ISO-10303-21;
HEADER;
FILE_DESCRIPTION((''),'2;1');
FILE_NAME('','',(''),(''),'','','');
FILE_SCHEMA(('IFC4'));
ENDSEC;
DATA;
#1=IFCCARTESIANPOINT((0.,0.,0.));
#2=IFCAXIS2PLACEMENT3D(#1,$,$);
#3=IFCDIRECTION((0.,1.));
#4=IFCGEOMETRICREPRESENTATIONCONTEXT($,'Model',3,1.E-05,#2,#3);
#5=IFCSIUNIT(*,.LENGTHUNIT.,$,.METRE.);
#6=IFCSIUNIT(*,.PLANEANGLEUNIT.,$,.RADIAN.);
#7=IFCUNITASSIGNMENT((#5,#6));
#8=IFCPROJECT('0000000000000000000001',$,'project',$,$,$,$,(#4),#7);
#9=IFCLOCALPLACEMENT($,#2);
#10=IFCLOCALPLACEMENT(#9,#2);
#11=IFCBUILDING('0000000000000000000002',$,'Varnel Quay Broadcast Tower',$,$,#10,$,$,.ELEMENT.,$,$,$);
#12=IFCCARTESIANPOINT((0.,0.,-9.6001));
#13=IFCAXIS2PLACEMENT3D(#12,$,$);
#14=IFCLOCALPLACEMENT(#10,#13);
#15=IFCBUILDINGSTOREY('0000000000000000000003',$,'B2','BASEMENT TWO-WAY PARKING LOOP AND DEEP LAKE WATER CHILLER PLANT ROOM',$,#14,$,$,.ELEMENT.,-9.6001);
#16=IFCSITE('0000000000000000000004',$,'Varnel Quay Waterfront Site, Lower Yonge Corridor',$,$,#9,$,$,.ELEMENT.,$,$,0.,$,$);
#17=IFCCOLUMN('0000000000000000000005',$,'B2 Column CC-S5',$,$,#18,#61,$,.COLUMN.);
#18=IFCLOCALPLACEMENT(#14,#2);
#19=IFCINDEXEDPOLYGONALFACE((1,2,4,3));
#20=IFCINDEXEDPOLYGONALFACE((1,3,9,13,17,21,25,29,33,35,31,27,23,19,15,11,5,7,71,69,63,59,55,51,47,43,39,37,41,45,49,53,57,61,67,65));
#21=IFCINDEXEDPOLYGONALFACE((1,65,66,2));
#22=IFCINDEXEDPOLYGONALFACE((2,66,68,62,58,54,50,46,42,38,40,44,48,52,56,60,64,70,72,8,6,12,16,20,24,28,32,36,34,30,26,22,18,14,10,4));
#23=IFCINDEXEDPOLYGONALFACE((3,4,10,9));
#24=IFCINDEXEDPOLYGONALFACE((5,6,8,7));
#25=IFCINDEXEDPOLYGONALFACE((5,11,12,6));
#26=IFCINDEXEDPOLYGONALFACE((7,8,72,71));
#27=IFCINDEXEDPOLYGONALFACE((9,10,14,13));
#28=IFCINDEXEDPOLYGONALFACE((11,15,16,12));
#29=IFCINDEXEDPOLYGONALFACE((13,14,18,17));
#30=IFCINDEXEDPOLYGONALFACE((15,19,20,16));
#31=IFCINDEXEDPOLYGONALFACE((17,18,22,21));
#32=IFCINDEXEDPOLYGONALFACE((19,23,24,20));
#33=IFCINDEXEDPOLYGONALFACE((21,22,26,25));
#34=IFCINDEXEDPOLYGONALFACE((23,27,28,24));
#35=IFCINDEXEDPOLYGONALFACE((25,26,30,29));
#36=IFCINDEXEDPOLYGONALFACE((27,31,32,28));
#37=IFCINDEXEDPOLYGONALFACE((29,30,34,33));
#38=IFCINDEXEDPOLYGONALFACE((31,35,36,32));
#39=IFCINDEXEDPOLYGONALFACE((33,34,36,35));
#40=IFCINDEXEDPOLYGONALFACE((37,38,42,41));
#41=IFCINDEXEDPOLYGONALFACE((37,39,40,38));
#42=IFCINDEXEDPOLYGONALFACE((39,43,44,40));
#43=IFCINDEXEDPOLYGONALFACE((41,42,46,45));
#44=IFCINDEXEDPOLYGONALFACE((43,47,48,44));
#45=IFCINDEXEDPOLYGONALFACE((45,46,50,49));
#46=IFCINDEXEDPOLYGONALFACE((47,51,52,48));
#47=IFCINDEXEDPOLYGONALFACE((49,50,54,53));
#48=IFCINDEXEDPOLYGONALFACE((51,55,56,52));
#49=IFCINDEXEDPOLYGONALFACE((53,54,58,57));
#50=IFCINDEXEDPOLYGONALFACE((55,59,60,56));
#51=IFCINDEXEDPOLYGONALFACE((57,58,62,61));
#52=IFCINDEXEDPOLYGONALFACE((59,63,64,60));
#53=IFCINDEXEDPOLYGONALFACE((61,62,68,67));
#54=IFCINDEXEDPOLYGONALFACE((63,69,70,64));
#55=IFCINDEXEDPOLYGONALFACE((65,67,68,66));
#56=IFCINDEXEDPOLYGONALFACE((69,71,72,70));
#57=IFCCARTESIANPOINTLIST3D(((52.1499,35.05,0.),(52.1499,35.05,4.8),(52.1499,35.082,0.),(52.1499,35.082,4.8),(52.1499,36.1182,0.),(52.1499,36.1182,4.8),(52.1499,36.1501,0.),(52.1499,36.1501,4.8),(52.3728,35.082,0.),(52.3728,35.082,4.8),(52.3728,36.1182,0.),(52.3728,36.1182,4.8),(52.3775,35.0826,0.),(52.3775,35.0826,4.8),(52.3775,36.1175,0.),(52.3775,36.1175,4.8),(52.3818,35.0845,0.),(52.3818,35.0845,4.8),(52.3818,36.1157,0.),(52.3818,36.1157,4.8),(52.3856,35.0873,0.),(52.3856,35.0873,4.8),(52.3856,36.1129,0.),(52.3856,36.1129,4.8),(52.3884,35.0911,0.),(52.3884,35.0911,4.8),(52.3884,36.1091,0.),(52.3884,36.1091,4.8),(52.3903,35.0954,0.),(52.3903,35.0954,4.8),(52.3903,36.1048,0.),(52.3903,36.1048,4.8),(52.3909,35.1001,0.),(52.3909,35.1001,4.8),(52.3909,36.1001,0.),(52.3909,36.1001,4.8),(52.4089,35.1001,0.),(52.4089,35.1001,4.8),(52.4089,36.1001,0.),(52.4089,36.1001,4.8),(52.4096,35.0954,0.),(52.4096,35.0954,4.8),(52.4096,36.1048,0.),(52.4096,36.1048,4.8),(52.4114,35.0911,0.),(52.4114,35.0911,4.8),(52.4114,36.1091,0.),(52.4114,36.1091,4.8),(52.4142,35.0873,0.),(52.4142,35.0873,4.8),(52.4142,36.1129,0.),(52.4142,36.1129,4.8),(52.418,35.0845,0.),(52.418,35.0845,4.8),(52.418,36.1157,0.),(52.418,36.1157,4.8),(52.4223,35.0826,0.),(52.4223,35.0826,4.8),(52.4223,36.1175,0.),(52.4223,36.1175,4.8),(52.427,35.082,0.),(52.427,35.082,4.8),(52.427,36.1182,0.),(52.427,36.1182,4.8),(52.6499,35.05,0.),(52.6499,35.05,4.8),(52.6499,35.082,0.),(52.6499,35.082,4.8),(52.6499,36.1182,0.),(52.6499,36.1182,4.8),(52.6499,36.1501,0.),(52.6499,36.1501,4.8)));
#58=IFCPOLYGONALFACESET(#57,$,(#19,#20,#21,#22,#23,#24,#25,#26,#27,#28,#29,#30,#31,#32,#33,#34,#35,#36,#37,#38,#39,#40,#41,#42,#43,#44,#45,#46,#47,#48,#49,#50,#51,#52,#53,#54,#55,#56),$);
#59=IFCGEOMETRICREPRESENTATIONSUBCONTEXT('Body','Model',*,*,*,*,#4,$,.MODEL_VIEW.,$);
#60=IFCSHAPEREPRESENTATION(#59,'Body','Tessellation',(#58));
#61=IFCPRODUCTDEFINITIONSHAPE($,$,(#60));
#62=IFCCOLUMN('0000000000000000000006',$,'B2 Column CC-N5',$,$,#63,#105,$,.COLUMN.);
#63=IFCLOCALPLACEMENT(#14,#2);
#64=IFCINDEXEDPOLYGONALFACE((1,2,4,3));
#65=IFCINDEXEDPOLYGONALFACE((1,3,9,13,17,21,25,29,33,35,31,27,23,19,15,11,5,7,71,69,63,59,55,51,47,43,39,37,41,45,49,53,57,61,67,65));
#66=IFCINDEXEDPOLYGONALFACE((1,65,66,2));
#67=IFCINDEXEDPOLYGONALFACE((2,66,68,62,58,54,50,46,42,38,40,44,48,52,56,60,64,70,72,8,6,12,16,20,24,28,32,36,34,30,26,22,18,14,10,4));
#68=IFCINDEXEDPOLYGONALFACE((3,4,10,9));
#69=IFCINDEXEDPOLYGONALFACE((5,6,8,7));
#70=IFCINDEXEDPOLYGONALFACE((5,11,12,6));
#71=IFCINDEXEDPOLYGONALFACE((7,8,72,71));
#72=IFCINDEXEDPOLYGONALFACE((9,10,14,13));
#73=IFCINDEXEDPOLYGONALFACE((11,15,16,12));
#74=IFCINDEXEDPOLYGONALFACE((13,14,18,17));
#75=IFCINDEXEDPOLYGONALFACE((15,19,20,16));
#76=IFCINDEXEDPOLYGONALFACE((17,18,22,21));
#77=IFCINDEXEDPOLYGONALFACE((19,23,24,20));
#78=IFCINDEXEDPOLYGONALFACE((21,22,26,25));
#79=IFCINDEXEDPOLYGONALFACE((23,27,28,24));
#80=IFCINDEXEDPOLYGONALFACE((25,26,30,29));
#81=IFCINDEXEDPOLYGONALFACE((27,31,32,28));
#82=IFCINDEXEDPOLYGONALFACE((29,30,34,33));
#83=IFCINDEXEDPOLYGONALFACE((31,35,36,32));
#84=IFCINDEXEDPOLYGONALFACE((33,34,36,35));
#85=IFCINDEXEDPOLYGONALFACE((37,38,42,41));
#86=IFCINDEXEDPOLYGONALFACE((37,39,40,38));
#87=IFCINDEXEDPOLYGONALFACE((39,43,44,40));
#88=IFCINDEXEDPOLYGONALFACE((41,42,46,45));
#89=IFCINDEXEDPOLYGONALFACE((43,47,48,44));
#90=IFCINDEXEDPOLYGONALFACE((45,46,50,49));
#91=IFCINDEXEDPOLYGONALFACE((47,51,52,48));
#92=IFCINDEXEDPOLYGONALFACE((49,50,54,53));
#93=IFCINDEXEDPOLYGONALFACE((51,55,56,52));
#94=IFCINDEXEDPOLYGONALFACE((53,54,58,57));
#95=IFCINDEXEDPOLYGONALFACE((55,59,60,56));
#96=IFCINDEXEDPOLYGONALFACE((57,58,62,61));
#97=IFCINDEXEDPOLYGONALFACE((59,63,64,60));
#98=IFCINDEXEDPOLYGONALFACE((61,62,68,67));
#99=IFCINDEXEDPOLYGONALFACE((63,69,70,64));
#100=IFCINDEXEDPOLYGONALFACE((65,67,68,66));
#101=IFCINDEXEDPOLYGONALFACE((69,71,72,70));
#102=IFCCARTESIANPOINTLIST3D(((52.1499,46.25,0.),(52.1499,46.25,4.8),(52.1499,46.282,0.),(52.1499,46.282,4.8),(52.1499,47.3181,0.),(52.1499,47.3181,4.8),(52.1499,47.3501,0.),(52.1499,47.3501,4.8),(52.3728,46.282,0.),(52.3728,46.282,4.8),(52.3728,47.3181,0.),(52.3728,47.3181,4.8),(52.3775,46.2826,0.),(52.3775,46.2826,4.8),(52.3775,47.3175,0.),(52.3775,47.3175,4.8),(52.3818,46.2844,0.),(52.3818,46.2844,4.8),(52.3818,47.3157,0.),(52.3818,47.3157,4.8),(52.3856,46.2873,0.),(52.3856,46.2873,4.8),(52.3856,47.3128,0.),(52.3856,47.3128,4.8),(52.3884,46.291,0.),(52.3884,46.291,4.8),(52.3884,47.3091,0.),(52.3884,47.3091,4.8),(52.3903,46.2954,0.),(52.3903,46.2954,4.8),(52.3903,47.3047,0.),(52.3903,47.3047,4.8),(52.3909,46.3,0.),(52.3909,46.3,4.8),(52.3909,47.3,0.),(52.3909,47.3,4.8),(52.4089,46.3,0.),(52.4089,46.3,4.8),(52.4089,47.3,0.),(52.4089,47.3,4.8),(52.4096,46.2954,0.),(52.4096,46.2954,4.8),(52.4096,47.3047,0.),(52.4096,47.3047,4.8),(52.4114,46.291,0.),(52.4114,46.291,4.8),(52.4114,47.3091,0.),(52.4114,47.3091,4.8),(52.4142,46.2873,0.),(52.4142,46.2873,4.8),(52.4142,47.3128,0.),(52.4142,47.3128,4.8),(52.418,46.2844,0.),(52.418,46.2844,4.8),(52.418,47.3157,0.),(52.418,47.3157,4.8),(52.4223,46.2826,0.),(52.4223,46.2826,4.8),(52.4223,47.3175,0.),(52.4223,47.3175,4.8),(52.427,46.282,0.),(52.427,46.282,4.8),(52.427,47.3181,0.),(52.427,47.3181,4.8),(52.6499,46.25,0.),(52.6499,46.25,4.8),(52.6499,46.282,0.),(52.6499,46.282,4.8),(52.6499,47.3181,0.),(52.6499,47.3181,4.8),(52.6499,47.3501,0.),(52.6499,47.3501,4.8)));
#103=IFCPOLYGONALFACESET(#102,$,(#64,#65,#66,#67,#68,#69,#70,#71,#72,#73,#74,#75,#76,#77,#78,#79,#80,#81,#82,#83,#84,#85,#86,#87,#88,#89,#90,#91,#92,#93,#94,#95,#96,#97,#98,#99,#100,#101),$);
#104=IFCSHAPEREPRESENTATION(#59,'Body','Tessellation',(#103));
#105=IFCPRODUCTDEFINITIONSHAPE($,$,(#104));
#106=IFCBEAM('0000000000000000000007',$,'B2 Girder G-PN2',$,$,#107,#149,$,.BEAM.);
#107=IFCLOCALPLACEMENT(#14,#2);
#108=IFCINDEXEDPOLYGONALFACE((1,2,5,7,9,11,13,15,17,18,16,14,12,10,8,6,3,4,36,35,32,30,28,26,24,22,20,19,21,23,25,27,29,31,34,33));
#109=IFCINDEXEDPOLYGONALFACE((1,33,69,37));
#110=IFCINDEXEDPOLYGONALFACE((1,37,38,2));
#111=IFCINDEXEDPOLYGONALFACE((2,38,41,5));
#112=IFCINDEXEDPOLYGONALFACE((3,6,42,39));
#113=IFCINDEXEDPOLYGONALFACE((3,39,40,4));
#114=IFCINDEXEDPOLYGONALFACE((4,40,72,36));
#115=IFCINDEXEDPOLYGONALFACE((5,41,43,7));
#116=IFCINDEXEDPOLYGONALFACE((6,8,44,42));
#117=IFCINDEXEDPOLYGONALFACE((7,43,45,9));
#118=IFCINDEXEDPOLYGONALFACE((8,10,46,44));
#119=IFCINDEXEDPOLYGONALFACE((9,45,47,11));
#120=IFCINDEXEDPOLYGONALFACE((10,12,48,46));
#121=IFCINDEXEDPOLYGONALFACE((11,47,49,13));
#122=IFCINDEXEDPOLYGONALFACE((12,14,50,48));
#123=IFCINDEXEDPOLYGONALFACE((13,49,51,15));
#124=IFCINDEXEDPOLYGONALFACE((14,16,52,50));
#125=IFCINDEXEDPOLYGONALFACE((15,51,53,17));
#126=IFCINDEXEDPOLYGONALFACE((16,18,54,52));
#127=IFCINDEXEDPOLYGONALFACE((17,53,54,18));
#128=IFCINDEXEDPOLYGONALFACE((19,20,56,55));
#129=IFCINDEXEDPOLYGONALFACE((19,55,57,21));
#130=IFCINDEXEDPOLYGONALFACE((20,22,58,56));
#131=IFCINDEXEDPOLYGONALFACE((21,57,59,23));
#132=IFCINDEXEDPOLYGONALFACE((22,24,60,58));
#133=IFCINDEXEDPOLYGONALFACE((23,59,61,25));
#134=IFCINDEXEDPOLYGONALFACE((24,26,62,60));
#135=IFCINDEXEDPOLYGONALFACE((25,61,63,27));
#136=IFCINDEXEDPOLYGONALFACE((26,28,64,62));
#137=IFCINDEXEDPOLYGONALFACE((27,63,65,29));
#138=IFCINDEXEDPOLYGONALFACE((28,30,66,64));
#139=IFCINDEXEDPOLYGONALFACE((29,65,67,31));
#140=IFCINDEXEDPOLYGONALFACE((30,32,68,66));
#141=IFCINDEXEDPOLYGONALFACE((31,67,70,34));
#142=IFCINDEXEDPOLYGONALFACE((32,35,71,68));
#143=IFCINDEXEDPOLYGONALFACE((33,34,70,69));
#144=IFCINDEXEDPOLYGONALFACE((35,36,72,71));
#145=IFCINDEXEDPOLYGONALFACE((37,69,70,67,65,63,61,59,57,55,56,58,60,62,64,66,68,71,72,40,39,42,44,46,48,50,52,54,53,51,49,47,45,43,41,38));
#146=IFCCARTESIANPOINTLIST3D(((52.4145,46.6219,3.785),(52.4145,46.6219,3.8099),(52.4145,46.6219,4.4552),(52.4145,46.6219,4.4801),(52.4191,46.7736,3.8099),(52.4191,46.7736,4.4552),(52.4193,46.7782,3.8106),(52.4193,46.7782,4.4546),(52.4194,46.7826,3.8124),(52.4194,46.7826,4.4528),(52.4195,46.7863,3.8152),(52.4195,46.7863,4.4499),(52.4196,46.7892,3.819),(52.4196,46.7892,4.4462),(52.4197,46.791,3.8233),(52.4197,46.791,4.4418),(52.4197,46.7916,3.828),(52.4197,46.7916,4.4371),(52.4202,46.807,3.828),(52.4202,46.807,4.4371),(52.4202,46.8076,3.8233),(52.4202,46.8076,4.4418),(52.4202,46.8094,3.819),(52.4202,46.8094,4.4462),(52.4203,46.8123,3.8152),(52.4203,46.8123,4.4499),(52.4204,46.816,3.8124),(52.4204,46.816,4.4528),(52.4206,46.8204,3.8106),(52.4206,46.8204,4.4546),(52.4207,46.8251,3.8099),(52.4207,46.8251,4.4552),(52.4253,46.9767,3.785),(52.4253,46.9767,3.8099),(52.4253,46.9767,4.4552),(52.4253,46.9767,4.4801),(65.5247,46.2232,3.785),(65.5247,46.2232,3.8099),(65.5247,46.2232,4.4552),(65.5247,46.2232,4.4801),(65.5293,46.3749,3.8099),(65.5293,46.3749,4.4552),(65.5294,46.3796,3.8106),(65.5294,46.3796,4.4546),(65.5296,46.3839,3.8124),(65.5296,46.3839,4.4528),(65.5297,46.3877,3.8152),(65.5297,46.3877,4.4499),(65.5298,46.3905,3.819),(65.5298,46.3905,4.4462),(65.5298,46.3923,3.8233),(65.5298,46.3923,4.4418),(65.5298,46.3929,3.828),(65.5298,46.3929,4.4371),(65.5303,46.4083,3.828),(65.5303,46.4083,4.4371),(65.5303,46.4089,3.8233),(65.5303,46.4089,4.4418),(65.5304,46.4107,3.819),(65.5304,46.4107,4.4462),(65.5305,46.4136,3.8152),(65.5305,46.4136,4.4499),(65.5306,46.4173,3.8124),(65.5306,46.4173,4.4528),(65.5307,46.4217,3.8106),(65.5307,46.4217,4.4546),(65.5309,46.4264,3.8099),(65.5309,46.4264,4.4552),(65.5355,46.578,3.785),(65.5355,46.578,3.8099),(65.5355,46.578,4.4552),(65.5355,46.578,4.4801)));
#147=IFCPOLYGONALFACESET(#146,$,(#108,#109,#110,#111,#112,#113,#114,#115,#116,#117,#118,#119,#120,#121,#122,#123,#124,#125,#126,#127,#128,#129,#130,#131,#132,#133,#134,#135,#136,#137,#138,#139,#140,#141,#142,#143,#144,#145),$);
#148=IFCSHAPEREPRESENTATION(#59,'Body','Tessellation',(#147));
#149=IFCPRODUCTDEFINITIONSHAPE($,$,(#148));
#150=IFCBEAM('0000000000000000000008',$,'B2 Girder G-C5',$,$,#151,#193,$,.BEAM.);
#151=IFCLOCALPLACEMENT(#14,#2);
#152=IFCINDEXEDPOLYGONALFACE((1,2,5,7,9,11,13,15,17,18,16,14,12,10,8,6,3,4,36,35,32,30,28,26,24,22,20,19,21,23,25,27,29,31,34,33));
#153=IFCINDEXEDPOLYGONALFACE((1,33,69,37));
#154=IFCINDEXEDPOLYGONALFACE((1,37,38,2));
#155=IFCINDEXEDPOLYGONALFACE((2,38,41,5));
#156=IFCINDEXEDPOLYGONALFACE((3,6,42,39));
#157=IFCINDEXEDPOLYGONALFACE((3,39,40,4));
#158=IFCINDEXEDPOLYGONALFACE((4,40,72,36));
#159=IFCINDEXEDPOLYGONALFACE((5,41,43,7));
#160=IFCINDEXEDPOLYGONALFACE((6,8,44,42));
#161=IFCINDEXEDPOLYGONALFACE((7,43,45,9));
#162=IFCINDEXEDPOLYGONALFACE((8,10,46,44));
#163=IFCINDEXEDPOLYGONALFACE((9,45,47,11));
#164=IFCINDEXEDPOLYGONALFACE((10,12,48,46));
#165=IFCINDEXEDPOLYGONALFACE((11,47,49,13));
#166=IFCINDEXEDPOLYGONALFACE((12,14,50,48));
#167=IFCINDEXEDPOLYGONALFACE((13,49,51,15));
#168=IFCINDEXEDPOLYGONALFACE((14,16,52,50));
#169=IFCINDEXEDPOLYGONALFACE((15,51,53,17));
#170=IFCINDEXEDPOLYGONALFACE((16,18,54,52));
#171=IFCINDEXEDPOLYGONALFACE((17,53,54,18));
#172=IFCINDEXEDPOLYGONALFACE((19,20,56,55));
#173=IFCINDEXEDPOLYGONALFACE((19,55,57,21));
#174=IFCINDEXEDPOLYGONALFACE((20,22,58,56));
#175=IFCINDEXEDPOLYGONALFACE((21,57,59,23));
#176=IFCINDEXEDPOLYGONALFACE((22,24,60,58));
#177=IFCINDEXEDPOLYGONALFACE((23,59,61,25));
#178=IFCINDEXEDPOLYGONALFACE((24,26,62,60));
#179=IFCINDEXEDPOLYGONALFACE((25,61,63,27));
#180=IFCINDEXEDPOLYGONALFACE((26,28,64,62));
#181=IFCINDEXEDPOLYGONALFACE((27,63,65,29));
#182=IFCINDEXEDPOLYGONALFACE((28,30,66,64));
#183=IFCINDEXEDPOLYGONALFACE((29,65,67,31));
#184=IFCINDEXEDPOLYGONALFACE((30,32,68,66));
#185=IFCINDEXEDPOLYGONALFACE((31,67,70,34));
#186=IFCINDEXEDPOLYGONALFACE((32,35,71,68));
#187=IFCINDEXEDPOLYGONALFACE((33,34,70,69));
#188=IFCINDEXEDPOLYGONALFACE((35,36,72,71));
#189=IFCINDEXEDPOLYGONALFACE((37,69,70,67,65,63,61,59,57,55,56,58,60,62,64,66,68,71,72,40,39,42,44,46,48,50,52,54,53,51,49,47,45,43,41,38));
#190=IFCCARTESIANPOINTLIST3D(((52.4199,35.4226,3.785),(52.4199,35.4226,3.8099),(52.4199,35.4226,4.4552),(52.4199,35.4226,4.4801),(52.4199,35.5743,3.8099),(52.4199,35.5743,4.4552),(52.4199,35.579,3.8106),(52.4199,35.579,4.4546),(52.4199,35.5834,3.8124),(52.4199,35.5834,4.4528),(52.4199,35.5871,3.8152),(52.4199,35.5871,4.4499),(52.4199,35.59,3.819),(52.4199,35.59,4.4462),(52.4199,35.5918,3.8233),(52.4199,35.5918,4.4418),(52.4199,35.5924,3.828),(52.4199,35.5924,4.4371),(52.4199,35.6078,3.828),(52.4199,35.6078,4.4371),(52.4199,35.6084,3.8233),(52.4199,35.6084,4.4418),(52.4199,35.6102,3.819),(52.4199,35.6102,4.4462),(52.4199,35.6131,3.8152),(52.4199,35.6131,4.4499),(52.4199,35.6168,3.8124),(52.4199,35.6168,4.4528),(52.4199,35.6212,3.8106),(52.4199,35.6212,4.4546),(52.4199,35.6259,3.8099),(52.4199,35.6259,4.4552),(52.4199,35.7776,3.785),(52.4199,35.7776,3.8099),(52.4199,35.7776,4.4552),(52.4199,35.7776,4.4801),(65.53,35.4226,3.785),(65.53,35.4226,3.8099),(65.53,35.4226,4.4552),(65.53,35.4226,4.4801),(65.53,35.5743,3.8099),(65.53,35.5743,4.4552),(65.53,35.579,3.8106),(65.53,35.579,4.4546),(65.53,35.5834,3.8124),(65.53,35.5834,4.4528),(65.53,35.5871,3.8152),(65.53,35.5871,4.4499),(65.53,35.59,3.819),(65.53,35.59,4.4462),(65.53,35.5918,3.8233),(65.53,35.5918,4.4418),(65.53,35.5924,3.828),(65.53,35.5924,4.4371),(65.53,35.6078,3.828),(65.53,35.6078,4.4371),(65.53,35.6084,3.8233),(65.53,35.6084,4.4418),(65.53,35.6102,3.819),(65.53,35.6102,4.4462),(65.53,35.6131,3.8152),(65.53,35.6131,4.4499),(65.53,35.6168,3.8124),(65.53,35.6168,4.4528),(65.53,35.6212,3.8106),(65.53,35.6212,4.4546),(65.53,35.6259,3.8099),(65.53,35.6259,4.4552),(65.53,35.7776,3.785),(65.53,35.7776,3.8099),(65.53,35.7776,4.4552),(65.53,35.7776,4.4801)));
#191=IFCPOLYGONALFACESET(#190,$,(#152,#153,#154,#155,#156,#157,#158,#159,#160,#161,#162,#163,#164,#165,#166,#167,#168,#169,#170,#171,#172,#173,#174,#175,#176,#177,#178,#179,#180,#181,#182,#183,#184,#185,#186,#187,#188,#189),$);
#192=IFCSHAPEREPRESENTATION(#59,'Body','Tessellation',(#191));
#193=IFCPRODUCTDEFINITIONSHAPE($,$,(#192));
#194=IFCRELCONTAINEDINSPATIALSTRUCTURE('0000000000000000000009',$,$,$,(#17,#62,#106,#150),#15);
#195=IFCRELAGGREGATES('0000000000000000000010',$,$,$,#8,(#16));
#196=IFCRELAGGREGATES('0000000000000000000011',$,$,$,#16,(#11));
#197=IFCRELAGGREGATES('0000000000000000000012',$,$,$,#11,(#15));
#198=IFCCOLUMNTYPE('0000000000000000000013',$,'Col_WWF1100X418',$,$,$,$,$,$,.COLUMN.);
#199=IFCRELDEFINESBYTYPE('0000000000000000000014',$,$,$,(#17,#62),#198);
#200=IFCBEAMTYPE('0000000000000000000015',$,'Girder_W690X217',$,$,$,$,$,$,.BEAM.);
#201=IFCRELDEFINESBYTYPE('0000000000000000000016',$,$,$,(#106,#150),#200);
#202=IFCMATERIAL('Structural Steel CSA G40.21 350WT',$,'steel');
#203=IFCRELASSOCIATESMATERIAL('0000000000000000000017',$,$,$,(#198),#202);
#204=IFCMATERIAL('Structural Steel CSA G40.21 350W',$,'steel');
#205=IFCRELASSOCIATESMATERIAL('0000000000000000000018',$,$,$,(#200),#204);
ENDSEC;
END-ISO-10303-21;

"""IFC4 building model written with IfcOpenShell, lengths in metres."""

from ifc_helpers import new_model, si_unit, direction, frame, origin, origin_2d, place, context, subcontext, project, spatial, i_section, extrude, source, transform, mapped, material, material_profile, profile_set, type_object, type_shapes, element, save


model = new_model("IFC4")

# Units and contexts
model_context = context("Model", 3, precision=1e-05, world=origin(), true_north=direction((0.0, 1.0)))
body_context = subcontext(model_context, "Body", "Model", "MODEL_VIEW")
ifc_project = project(units=[si_unit("LENGTHUNIT", "METRE"), si_unit("PLANEANGLEUNIT", "RADIAN")], contexts=[model_context])

# Site, building, storey
site_placement = place(None, origin())
site = spatial("IfcSite", under=ifc_project, at=site_placement, Name="Varnel Quay Waterfront Site, Lower Yonge Corridor", CompositionType="ELEMENT", RefElevation=0.0)
building_placement = place(site_placement, origin())
building = spatial("IfcBuilding", under=site, at=building_placement, Name="Varnel Quay Broadcast Tower", CompositionType="ELEMENT")
storey_placement = place(building_placement, frame((0.0, 0.0, -9.6001)))
storey = spatial("IfcBuildingStorey", under=building, at=storey_placement, Name="B2", Description="BASEMENT TWO-WAY PARKING LOOP AND DEEP LAKE WATER CHILLER PLANT ROOM", CompositionType="ELEMENT", Elevation=-9.6001)

# Columns
ifc_material_1 = material(Name="Structural Steel CSA G40.21 350WT", Category="steel")
ifc_material_profile_1 = material_profile(ifc_material_1, i_section(OverallWidth=0.5, OverallDepth=1.1001, WebThickness=0.0181, FlangeThickness=0.032, FilletRadius=0.0181, at=origin_2d()), Name="WWF1100X418")
ifc_profile_set_1 = profile_set([ifc_material_profile_1], Name="Structural Steel CSA G40.21 350WT")
column_type = type_object("IfcColumnType", Name="Col_WWF1100X418", PredefinedType="COLUMN", material=ifc_profile_set_1)
shared_shape_1 = source(origin(), body_context, "Body", "SweptSolid", [
    extrude(i_section(OverallWidth=0.5, OverallDepth=1.1001, WebThickness=0.0181, FlangeThickness=0.032, FilletRadius=0.0181, at=origin_2d()), origin(), (0.0, 0.0, 1.0), 4.8),
])
type_shapes(column_type, [shared_shape_1])
for number, where, z_axis, x_axis, name in (
    (1, (52.3999, 35.6001, 0.0), (0.0, 0.0, 1.0), (1.0, 0.0, 0.0), "B2 Column CC-S5"),
    (2, (52.3999, 46.8, 0.0), (0.0, 0.0, 1.0), (1.0, 0.0, 0.0), "B2 Column CC-N5"),
):
    element("IfcColumn", number, at=place(storey_placement, frame(where, z_axis=z_axis, x_axis=x_axis)), inside=storey, type_object=column_type, Name=name, PredefinedType="COLUMN", context=body_context, shape_type="MappedRepresentation", body=[
        mapped(shared_shape_1, transform((0.0, 0.0, 0.0), x_axis=(1.0, 0.0, 0.0), y_axis=(0.0, 1.0, 0.0), z_axis=(0.0, 0.0, 1.0), scale=1.0)),
    ])

# Beams
ifc_material_2 = material(Name="Structural Steel CSA G40.21 350W", Category="steel")
ifc_material_profile_2 = material_profile(ifc_material_2, i_section(OverallWidth=0.355, OverallDepth=0.6951, WebThickness=0.0154, FlangeThickness=0.0249, FilletRadius=0.0181, at=origin_2d()), Name="W690X217")
ifc_profile_set_2 = profile_set([ifc_material_profile_2], Name="Structural Steel CSA G40.21 350W")
beam_type = type_object("IfcBeamType", Name="Girder_W690X217", PredefinedType="BEAM", material=ifc_profile_set_2)
shared_shape_2 = source(origin(), body_context, "Body", "SweptSolid", [
    extrude(i_section(OverallWidth=0.355, OverallDepth=0.6951, WebThickness=0.0154, FlangeThickness=0.0249, FilletRadius=0.0181, at=origin_2d()), origin(), (0.0, 0.0, 1.0), 13.1162),
])
beam_1_placement = place(storey_placement, frame((52.4199, 46.7993, 4.1326), z_axis=(0.999538, -0.030396, 0.0), x_axis=(0.030396, 0.999538, 0.0)))
element("IfcBeam", 3, at=beam_1_placement, inside=storey, type_object=beam_type, Name="B2 Girder G-PN2", PredefinedType="BEAM", context=body_context, shape_type="MappedRepresentation", body=[
    mapped(shared_shape_2, transform((0.0, 0.0, 0.0), x_axis=(1.0, 0.0, 0.0), y_axis=(0.0, 1.0, 0.0), z_axis=(0.0, 0.0, 1.0), scale=1.0)),
])
shared_shape_3 = source(origin(), body_context, "Body", "SweptSolid", [
    extrude(i_section(OverallWidth=0.355, OverallDepth=0.6951, WebThickness=0.0154, FlangeThickness=0.0249, FilletRadius=0.0181, at=origin_2d()), origin(), (0.0, 0.0, 1.0), 13.1101),
])
type_shapes(beam_type, [shared_shape_2, shared_shape_3])
beam_2_placement = place(storey_placement, frame((52.4199, 35.6001, 4.1326), z_axis=(1.0, 0.0, 0.0), x_axis=(0.0, 1.0, 0.0)))
element("IfcBeam", 4, at=beam_2_placement, inside=storey, type_object=beam_type, Name="B2 Girder G-C5", PredefinedType="BEAM", context=body_context, shape_type="MappedRepresentation", body=[
    mapped(shared_shape_3, transform((0.0, 0.0, 0.0), x_axis=(1.0, 0.0, 0.0), y_axis=(0.0, 1.0, 0.0), z_axis=(0.0, 0.0, 1.0), scale=1.0)),
])

save(model, "model.ifc")
